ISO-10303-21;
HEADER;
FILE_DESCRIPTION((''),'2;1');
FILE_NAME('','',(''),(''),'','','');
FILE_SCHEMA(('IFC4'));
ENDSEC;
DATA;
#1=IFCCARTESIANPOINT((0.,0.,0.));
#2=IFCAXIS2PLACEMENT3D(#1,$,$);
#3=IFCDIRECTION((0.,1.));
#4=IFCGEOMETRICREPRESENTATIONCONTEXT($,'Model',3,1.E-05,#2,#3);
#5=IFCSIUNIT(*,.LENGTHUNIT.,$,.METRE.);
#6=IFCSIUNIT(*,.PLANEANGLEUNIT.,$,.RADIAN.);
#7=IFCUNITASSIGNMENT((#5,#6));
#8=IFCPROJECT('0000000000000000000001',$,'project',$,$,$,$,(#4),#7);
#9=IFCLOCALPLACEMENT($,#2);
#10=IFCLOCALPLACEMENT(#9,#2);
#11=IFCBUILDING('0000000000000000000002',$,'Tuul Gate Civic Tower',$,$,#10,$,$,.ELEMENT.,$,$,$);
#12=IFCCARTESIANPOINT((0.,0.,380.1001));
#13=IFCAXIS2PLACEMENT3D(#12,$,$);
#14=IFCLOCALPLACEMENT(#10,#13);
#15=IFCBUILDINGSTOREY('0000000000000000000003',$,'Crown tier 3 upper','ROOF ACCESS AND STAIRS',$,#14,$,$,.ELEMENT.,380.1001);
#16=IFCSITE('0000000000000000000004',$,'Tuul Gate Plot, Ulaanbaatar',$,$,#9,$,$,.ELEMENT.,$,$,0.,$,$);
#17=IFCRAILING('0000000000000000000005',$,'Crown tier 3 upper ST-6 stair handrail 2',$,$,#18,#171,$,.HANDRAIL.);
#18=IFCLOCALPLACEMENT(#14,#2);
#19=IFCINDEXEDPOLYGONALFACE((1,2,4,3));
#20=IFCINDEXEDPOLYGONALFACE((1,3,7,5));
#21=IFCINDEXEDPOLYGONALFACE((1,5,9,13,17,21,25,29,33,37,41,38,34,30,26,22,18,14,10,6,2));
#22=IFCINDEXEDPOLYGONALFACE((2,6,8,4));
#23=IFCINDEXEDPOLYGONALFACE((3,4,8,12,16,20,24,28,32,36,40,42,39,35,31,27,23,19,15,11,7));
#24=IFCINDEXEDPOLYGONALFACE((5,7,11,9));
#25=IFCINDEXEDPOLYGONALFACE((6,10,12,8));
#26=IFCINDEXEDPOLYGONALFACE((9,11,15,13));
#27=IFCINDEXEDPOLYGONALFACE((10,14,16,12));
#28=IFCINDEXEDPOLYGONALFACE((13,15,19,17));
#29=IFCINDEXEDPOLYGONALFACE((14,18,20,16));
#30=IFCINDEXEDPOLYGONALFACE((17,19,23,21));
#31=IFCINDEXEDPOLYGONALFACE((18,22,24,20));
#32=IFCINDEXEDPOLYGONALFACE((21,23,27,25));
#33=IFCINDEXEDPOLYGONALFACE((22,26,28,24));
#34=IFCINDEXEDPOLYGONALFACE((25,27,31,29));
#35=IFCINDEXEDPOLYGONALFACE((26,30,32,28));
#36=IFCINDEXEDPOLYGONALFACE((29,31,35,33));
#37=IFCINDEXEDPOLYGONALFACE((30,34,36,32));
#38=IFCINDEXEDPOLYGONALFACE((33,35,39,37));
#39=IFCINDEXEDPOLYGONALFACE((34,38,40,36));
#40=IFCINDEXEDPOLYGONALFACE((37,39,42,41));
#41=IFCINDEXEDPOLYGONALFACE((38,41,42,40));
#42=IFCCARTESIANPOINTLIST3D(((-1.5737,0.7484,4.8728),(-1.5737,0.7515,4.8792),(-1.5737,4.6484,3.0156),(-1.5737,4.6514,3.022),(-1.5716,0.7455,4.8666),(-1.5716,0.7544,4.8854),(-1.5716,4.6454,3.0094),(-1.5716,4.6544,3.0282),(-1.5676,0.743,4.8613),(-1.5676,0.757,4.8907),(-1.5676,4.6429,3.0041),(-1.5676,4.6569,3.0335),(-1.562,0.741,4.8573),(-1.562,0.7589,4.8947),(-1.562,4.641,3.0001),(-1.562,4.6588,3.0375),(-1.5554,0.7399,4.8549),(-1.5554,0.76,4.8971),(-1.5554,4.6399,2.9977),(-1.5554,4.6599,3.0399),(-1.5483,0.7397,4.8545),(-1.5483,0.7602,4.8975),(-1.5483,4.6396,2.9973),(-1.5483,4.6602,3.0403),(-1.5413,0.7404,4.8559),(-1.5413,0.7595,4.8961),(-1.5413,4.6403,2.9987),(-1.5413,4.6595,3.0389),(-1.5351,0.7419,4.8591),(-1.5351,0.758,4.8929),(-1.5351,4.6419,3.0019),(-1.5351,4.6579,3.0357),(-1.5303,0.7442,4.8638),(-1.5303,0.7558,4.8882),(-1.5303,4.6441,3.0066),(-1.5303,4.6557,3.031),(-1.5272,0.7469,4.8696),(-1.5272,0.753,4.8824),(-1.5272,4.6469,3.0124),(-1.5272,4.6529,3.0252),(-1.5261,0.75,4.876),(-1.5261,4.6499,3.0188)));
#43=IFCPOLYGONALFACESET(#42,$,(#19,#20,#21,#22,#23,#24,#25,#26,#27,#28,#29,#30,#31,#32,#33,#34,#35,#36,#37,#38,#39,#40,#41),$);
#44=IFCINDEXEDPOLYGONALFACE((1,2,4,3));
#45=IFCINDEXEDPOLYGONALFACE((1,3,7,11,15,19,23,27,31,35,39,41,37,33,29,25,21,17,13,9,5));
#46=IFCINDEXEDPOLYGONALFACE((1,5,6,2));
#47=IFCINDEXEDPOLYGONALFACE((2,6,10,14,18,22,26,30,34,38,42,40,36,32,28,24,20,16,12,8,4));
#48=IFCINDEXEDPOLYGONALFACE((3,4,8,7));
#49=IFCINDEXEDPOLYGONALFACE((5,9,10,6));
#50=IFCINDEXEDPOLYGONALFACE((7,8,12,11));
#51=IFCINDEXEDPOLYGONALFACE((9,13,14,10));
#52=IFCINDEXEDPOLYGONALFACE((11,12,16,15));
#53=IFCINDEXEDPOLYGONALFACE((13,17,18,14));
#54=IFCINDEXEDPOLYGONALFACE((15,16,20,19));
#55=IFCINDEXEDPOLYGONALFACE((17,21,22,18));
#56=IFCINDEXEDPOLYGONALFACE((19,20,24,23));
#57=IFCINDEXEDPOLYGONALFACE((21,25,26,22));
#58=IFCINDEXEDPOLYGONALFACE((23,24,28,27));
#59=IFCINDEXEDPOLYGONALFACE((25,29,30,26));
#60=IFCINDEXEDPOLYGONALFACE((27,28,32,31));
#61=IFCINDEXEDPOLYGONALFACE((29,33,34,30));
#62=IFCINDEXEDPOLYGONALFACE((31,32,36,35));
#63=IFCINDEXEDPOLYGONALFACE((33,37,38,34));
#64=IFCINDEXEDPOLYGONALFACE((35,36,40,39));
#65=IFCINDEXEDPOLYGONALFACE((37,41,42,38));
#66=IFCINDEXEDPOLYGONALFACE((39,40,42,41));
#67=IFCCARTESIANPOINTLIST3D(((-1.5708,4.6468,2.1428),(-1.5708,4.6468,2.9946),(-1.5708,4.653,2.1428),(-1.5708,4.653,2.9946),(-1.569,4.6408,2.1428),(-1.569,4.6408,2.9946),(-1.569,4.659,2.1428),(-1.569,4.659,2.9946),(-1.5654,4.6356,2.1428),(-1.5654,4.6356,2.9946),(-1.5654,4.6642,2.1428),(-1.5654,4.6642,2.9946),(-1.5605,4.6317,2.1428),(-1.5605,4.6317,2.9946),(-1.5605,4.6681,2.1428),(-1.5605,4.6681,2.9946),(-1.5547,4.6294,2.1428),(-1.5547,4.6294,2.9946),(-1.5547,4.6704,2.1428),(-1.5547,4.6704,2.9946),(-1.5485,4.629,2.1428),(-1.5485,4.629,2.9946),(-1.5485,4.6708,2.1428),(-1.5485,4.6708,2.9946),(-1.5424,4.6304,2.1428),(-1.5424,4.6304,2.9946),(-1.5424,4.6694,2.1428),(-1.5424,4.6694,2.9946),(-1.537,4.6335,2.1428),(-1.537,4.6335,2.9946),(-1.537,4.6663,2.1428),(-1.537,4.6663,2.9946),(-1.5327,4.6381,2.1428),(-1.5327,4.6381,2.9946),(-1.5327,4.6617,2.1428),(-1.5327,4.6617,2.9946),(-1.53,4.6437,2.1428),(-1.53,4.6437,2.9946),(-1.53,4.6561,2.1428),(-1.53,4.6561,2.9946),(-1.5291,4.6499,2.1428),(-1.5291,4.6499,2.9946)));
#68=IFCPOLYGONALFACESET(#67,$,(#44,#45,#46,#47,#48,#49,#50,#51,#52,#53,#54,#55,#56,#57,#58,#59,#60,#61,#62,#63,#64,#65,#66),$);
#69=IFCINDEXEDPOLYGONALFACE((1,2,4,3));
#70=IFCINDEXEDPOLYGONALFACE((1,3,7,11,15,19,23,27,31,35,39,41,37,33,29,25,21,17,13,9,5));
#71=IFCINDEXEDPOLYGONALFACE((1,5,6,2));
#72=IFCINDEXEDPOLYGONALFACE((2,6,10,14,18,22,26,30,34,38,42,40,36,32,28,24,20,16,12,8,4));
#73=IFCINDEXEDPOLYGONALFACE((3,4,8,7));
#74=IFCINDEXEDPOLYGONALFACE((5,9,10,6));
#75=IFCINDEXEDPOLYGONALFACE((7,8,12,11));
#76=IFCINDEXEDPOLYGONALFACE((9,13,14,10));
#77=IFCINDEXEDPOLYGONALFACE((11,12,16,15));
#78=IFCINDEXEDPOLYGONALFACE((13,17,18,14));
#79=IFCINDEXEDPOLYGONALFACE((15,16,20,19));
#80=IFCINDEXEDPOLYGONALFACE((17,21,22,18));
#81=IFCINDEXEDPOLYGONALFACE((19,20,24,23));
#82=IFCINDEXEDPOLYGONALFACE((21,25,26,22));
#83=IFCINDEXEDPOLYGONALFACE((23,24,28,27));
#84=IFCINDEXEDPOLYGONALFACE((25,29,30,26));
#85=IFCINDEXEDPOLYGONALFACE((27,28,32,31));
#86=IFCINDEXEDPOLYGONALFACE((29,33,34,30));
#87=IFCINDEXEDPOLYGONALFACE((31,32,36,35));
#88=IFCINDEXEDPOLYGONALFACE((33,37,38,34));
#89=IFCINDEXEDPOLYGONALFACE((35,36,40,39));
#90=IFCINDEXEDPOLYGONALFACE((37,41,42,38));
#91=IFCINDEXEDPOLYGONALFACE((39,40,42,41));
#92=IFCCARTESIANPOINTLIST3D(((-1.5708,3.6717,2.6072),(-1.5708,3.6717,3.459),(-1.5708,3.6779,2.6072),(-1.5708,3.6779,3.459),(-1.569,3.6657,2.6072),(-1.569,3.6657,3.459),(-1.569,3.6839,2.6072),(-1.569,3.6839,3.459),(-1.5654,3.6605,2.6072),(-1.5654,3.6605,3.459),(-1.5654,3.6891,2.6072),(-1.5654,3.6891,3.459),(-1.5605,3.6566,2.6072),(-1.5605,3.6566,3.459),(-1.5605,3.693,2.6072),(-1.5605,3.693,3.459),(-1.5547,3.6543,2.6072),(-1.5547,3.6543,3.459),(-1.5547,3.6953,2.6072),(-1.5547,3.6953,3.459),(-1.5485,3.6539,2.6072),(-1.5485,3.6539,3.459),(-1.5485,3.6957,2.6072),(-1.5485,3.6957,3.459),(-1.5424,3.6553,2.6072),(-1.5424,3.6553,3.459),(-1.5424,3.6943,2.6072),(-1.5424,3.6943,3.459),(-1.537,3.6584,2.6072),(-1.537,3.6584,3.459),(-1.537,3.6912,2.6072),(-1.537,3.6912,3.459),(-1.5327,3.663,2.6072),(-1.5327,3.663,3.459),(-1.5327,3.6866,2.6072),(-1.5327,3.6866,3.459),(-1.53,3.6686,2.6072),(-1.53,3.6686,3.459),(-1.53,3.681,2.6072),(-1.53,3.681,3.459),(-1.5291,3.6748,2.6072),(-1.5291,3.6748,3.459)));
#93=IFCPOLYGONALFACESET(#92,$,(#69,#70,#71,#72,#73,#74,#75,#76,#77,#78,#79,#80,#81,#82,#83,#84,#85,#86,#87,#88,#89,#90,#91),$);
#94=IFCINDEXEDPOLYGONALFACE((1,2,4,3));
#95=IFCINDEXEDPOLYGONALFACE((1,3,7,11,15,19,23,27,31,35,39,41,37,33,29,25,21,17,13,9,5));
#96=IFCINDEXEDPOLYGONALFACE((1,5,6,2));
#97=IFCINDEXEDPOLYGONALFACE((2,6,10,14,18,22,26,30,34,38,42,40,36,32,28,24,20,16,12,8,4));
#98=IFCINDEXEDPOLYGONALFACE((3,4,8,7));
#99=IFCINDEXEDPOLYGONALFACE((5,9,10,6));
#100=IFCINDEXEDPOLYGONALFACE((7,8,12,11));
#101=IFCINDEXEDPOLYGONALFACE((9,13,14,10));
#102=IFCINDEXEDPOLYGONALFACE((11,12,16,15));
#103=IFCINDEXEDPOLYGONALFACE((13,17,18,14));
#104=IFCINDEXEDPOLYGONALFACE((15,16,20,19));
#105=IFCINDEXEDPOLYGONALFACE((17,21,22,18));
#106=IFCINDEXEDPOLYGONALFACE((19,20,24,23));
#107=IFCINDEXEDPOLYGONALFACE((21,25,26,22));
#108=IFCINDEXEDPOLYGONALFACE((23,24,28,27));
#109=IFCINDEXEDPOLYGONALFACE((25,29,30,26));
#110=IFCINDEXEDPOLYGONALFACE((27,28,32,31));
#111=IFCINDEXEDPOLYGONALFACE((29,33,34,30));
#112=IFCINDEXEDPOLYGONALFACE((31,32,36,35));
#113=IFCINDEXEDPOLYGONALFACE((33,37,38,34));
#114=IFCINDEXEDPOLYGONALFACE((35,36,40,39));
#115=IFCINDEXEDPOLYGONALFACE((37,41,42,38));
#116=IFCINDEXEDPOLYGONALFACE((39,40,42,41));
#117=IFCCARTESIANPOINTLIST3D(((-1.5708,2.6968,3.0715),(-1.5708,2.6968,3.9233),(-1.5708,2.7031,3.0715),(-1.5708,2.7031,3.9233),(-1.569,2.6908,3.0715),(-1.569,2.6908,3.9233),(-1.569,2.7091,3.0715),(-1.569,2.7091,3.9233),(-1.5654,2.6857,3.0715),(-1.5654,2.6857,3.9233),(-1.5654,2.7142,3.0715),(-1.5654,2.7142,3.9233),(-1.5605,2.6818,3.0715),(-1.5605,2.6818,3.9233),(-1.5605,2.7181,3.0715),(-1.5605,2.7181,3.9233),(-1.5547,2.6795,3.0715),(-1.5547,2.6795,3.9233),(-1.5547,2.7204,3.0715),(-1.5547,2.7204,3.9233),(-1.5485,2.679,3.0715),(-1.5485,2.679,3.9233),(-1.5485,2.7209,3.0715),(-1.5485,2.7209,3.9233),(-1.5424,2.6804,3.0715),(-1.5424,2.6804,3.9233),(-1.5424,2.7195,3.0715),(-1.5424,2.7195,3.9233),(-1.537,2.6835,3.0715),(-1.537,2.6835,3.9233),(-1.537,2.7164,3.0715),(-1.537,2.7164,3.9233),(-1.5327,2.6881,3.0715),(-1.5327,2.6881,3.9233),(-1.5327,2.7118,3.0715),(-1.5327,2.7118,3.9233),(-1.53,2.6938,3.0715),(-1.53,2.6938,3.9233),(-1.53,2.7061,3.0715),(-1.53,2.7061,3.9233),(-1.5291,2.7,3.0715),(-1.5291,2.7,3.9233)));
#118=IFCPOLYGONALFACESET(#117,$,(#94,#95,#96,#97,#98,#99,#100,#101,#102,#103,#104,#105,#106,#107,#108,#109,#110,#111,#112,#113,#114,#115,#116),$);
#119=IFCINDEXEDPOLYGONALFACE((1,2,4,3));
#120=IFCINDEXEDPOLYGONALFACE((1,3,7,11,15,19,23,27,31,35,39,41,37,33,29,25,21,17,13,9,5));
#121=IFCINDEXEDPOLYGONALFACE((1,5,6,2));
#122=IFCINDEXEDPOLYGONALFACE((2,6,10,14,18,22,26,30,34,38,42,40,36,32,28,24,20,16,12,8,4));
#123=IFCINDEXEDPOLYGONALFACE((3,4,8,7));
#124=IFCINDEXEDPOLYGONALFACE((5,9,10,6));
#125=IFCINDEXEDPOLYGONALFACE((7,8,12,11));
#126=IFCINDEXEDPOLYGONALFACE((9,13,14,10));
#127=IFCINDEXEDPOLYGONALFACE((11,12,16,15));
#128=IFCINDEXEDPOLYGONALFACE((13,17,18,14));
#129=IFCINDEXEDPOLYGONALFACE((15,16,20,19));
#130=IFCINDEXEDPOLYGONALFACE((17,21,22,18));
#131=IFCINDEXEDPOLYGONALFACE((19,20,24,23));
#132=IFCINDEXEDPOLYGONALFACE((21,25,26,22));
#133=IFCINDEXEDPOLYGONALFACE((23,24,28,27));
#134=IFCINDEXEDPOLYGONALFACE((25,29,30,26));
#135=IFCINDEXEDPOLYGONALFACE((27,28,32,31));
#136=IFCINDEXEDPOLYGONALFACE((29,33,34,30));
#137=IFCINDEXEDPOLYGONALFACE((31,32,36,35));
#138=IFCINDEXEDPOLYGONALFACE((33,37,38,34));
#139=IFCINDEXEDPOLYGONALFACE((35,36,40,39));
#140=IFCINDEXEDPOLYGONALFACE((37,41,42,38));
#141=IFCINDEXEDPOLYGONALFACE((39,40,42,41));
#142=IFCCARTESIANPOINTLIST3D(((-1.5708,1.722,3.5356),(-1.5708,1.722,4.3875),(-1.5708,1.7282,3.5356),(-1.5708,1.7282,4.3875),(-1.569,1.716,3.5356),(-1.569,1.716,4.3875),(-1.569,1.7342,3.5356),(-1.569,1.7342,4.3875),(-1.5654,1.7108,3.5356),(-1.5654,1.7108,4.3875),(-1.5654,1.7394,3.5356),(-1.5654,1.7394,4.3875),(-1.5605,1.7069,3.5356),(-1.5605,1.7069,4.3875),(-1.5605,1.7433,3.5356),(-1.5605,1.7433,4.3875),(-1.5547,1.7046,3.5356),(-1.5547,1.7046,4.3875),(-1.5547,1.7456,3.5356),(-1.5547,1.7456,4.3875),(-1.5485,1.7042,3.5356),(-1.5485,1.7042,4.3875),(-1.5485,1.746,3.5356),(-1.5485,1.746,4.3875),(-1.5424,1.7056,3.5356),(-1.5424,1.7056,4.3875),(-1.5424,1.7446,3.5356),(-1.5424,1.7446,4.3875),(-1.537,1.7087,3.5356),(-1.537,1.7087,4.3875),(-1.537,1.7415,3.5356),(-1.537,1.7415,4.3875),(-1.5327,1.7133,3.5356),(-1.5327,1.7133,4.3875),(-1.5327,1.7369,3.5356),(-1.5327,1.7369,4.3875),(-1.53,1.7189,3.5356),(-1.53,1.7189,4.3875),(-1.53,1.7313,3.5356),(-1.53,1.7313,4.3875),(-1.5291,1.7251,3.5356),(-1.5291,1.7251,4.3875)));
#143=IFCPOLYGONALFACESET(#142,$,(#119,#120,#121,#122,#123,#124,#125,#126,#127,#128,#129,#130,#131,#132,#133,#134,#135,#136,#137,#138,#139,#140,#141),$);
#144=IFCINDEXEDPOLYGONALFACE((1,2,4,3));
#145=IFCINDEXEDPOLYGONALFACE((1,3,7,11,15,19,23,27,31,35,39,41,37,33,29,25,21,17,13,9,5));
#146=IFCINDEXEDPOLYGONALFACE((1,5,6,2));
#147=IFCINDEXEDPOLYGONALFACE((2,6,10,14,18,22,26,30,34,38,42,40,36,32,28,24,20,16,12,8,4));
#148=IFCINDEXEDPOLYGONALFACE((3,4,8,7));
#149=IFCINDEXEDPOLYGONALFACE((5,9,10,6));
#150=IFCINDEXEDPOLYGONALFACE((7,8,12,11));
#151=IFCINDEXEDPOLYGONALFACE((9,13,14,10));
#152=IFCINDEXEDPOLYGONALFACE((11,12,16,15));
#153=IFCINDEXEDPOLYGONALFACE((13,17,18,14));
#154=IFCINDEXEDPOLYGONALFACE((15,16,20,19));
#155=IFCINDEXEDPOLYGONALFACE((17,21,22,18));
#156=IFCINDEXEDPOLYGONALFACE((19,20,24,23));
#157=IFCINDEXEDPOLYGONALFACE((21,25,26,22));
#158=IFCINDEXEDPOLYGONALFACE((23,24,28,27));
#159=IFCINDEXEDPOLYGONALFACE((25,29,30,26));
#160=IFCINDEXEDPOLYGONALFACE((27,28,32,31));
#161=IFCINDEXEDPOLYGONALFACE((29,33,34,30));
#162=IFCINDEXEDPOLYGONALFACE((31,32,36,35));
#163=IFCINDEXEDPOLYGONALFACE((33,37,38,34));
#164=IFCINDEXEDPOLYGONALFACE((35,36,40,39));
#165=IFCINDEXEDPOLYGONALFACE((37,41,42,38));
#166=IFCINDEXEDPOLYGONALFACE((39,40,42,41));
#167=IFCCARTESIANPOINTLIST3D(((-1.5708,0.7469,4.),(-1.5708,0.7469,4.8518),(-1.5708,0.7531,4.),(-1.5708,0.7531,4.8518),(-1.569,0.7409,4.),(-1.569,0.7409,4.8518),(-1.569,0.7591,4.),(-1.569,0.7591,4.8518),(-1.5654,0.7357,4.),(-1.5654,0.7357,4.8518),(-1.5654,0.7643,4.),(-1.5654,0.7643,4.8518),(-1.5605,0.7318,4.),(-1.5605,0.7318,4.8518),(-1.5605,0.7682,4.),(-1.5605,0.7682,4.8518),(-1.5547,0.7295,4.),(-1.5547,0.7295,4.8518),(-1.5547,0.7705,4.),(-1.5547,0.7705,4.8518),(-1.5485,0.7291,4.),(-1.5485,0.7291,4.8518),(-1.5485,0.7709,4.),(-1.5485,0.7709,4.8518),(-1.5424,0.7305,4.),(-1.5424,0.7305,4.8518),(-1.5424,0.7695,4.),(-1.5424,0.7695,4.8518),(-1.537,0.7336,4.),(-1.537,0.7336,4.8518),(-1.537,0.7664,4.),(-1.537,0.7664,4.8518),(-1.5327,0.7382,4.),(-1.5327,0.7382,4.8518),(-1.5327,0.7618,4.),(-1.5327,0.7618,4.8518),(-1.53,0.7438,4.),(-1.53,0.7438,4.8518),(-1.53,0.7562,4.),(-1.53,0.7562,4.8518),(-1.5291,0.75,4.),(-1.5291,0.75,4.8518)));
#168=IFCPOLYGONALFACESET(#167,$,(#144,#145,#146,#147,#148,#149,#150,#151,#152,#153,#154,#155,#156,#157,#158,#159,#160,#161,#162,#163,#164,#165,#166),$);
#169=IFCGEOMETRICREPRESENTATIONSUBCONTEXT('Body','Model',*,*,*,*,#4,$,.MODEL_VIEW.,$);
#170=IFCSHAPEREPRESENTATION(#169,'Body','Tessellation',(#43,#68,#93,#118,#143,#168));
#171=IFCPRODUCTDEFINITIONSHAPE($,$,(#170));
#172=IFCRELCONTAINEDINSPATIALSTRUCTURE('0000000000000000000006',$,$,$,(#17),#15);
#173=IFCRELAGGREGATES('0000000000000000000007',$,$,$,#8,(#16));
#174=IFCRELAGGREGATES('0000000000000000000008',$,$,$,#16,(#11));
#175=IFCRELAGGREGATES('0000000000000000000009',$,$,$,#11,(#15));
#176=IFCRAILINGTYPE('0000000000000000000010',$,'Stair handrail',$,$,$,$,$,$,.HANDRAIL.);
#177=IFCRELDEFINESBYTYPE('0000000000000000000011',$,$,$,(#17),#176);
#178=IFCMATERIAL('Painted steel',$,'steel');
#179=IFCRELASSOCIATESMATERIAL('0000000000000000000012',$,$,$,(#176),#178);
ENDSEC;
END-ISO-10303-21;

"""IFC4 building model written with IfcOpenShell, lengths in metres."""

from ifc_helpers import new_model, si_unit, direction, frame, origin, origin_2d, place, context, subcontext, project, spatial, circle, extrude, material, type_object, element, save


model = new_model("IFC4")

# Units and contexts
model_context = context("Model", 3, precision=1e-05, world=origin(), true_north=direction((0.0, 1.0)))
body_context = subcontext(model_context, "Body", "Model", "MODEL_VIEW")
ifc_project = project(units=[si_unit("LENGTHUNIT", "METRE"), si_unit("PLANEANGLEUNIT", "RADIAN")], contexts=[model_context])

# Site, building, storey
site_placement = place(None, origin())
site = spatial("IfcSite", under=ifc_project, at=site_placement, Name="Tuul Gate Plot, Ulaanbaatar", CompositionType="ELEMENT", RefElevation=0.0)
building_placement = place(site_placement, origin())
building = spatial("IfcBuilding", under=site, at=building_placement, Name="Tuul Gate Civic Tower", CompositionType="ELEMENT")
storey_placement = place(building_placement, frame((0.0, 0.0, 380.1001)))
storey = spatial("IfcBuildingStorey", under=building, at=storey_placement, Name="Crown tier 3 upper", Description="ROOF ACCESS AND STAIRS", CompositionType="ELEMENT", Elevation=380.1001)

# Railing
ifc_material_1 = material(Name="Painted steel", Category="steel")
railing_type_1 = type_object("IfcRailingType", Name="Stair handrail", PredefinedType="HANDRAIL", material=ifc_material_1)
railing_1_placement = place(storey_placement, frame((-1.55, 4.6499, 2.1428)))
element("IfcRailing", 1, at=railing_1_placement, inside=storey, type_object=railing_type_1, Name="Crown tier 3 upper ST-6 stair handrail 2", PredefinedType="HANDRAIL", context=body_context, shape_type="SweptSolid", body=[
    extrude(circle(Radius=0.0239, at=origin_2d()), frame((0.0, 0.0, 0.876), z_axis=(0.0, -0.902853, 0.429949), x_axis=(1.0, 0.0, 0.0)), (0.0, 0.0, 1.0), 4.3196),
    extrude(circle(Radius=0.021, at=origin_2d()), origin(), (0.0, 0.0, 1.0), 0.8518),
    extrude(circle(Radius=0.021, at=origin_2d()), frame((0.0, -0.9751, 0.4644)), (0.0, 0.0, 1.0), 0.8518),
    extrude(circle(Radius=0.021, at=origin_2d()), frame((0.0, -1.95, 0.9287)), (0.0, 0.0, 1.0), 0.8518),
    extrude(circle(Radius=0.021, at=origin_2d()), frame((0.0, -2.9248, 1.3928)), (0.0, 0.0, 1.0), 0.8518),
    extrude(circle(Radius=0.021, at=origin_2d()), frame((0.0, -3.8999, 1.8572)), (0.0, 0.0, 1.0), 0.8518),
])

save(model, "model.ifc")
